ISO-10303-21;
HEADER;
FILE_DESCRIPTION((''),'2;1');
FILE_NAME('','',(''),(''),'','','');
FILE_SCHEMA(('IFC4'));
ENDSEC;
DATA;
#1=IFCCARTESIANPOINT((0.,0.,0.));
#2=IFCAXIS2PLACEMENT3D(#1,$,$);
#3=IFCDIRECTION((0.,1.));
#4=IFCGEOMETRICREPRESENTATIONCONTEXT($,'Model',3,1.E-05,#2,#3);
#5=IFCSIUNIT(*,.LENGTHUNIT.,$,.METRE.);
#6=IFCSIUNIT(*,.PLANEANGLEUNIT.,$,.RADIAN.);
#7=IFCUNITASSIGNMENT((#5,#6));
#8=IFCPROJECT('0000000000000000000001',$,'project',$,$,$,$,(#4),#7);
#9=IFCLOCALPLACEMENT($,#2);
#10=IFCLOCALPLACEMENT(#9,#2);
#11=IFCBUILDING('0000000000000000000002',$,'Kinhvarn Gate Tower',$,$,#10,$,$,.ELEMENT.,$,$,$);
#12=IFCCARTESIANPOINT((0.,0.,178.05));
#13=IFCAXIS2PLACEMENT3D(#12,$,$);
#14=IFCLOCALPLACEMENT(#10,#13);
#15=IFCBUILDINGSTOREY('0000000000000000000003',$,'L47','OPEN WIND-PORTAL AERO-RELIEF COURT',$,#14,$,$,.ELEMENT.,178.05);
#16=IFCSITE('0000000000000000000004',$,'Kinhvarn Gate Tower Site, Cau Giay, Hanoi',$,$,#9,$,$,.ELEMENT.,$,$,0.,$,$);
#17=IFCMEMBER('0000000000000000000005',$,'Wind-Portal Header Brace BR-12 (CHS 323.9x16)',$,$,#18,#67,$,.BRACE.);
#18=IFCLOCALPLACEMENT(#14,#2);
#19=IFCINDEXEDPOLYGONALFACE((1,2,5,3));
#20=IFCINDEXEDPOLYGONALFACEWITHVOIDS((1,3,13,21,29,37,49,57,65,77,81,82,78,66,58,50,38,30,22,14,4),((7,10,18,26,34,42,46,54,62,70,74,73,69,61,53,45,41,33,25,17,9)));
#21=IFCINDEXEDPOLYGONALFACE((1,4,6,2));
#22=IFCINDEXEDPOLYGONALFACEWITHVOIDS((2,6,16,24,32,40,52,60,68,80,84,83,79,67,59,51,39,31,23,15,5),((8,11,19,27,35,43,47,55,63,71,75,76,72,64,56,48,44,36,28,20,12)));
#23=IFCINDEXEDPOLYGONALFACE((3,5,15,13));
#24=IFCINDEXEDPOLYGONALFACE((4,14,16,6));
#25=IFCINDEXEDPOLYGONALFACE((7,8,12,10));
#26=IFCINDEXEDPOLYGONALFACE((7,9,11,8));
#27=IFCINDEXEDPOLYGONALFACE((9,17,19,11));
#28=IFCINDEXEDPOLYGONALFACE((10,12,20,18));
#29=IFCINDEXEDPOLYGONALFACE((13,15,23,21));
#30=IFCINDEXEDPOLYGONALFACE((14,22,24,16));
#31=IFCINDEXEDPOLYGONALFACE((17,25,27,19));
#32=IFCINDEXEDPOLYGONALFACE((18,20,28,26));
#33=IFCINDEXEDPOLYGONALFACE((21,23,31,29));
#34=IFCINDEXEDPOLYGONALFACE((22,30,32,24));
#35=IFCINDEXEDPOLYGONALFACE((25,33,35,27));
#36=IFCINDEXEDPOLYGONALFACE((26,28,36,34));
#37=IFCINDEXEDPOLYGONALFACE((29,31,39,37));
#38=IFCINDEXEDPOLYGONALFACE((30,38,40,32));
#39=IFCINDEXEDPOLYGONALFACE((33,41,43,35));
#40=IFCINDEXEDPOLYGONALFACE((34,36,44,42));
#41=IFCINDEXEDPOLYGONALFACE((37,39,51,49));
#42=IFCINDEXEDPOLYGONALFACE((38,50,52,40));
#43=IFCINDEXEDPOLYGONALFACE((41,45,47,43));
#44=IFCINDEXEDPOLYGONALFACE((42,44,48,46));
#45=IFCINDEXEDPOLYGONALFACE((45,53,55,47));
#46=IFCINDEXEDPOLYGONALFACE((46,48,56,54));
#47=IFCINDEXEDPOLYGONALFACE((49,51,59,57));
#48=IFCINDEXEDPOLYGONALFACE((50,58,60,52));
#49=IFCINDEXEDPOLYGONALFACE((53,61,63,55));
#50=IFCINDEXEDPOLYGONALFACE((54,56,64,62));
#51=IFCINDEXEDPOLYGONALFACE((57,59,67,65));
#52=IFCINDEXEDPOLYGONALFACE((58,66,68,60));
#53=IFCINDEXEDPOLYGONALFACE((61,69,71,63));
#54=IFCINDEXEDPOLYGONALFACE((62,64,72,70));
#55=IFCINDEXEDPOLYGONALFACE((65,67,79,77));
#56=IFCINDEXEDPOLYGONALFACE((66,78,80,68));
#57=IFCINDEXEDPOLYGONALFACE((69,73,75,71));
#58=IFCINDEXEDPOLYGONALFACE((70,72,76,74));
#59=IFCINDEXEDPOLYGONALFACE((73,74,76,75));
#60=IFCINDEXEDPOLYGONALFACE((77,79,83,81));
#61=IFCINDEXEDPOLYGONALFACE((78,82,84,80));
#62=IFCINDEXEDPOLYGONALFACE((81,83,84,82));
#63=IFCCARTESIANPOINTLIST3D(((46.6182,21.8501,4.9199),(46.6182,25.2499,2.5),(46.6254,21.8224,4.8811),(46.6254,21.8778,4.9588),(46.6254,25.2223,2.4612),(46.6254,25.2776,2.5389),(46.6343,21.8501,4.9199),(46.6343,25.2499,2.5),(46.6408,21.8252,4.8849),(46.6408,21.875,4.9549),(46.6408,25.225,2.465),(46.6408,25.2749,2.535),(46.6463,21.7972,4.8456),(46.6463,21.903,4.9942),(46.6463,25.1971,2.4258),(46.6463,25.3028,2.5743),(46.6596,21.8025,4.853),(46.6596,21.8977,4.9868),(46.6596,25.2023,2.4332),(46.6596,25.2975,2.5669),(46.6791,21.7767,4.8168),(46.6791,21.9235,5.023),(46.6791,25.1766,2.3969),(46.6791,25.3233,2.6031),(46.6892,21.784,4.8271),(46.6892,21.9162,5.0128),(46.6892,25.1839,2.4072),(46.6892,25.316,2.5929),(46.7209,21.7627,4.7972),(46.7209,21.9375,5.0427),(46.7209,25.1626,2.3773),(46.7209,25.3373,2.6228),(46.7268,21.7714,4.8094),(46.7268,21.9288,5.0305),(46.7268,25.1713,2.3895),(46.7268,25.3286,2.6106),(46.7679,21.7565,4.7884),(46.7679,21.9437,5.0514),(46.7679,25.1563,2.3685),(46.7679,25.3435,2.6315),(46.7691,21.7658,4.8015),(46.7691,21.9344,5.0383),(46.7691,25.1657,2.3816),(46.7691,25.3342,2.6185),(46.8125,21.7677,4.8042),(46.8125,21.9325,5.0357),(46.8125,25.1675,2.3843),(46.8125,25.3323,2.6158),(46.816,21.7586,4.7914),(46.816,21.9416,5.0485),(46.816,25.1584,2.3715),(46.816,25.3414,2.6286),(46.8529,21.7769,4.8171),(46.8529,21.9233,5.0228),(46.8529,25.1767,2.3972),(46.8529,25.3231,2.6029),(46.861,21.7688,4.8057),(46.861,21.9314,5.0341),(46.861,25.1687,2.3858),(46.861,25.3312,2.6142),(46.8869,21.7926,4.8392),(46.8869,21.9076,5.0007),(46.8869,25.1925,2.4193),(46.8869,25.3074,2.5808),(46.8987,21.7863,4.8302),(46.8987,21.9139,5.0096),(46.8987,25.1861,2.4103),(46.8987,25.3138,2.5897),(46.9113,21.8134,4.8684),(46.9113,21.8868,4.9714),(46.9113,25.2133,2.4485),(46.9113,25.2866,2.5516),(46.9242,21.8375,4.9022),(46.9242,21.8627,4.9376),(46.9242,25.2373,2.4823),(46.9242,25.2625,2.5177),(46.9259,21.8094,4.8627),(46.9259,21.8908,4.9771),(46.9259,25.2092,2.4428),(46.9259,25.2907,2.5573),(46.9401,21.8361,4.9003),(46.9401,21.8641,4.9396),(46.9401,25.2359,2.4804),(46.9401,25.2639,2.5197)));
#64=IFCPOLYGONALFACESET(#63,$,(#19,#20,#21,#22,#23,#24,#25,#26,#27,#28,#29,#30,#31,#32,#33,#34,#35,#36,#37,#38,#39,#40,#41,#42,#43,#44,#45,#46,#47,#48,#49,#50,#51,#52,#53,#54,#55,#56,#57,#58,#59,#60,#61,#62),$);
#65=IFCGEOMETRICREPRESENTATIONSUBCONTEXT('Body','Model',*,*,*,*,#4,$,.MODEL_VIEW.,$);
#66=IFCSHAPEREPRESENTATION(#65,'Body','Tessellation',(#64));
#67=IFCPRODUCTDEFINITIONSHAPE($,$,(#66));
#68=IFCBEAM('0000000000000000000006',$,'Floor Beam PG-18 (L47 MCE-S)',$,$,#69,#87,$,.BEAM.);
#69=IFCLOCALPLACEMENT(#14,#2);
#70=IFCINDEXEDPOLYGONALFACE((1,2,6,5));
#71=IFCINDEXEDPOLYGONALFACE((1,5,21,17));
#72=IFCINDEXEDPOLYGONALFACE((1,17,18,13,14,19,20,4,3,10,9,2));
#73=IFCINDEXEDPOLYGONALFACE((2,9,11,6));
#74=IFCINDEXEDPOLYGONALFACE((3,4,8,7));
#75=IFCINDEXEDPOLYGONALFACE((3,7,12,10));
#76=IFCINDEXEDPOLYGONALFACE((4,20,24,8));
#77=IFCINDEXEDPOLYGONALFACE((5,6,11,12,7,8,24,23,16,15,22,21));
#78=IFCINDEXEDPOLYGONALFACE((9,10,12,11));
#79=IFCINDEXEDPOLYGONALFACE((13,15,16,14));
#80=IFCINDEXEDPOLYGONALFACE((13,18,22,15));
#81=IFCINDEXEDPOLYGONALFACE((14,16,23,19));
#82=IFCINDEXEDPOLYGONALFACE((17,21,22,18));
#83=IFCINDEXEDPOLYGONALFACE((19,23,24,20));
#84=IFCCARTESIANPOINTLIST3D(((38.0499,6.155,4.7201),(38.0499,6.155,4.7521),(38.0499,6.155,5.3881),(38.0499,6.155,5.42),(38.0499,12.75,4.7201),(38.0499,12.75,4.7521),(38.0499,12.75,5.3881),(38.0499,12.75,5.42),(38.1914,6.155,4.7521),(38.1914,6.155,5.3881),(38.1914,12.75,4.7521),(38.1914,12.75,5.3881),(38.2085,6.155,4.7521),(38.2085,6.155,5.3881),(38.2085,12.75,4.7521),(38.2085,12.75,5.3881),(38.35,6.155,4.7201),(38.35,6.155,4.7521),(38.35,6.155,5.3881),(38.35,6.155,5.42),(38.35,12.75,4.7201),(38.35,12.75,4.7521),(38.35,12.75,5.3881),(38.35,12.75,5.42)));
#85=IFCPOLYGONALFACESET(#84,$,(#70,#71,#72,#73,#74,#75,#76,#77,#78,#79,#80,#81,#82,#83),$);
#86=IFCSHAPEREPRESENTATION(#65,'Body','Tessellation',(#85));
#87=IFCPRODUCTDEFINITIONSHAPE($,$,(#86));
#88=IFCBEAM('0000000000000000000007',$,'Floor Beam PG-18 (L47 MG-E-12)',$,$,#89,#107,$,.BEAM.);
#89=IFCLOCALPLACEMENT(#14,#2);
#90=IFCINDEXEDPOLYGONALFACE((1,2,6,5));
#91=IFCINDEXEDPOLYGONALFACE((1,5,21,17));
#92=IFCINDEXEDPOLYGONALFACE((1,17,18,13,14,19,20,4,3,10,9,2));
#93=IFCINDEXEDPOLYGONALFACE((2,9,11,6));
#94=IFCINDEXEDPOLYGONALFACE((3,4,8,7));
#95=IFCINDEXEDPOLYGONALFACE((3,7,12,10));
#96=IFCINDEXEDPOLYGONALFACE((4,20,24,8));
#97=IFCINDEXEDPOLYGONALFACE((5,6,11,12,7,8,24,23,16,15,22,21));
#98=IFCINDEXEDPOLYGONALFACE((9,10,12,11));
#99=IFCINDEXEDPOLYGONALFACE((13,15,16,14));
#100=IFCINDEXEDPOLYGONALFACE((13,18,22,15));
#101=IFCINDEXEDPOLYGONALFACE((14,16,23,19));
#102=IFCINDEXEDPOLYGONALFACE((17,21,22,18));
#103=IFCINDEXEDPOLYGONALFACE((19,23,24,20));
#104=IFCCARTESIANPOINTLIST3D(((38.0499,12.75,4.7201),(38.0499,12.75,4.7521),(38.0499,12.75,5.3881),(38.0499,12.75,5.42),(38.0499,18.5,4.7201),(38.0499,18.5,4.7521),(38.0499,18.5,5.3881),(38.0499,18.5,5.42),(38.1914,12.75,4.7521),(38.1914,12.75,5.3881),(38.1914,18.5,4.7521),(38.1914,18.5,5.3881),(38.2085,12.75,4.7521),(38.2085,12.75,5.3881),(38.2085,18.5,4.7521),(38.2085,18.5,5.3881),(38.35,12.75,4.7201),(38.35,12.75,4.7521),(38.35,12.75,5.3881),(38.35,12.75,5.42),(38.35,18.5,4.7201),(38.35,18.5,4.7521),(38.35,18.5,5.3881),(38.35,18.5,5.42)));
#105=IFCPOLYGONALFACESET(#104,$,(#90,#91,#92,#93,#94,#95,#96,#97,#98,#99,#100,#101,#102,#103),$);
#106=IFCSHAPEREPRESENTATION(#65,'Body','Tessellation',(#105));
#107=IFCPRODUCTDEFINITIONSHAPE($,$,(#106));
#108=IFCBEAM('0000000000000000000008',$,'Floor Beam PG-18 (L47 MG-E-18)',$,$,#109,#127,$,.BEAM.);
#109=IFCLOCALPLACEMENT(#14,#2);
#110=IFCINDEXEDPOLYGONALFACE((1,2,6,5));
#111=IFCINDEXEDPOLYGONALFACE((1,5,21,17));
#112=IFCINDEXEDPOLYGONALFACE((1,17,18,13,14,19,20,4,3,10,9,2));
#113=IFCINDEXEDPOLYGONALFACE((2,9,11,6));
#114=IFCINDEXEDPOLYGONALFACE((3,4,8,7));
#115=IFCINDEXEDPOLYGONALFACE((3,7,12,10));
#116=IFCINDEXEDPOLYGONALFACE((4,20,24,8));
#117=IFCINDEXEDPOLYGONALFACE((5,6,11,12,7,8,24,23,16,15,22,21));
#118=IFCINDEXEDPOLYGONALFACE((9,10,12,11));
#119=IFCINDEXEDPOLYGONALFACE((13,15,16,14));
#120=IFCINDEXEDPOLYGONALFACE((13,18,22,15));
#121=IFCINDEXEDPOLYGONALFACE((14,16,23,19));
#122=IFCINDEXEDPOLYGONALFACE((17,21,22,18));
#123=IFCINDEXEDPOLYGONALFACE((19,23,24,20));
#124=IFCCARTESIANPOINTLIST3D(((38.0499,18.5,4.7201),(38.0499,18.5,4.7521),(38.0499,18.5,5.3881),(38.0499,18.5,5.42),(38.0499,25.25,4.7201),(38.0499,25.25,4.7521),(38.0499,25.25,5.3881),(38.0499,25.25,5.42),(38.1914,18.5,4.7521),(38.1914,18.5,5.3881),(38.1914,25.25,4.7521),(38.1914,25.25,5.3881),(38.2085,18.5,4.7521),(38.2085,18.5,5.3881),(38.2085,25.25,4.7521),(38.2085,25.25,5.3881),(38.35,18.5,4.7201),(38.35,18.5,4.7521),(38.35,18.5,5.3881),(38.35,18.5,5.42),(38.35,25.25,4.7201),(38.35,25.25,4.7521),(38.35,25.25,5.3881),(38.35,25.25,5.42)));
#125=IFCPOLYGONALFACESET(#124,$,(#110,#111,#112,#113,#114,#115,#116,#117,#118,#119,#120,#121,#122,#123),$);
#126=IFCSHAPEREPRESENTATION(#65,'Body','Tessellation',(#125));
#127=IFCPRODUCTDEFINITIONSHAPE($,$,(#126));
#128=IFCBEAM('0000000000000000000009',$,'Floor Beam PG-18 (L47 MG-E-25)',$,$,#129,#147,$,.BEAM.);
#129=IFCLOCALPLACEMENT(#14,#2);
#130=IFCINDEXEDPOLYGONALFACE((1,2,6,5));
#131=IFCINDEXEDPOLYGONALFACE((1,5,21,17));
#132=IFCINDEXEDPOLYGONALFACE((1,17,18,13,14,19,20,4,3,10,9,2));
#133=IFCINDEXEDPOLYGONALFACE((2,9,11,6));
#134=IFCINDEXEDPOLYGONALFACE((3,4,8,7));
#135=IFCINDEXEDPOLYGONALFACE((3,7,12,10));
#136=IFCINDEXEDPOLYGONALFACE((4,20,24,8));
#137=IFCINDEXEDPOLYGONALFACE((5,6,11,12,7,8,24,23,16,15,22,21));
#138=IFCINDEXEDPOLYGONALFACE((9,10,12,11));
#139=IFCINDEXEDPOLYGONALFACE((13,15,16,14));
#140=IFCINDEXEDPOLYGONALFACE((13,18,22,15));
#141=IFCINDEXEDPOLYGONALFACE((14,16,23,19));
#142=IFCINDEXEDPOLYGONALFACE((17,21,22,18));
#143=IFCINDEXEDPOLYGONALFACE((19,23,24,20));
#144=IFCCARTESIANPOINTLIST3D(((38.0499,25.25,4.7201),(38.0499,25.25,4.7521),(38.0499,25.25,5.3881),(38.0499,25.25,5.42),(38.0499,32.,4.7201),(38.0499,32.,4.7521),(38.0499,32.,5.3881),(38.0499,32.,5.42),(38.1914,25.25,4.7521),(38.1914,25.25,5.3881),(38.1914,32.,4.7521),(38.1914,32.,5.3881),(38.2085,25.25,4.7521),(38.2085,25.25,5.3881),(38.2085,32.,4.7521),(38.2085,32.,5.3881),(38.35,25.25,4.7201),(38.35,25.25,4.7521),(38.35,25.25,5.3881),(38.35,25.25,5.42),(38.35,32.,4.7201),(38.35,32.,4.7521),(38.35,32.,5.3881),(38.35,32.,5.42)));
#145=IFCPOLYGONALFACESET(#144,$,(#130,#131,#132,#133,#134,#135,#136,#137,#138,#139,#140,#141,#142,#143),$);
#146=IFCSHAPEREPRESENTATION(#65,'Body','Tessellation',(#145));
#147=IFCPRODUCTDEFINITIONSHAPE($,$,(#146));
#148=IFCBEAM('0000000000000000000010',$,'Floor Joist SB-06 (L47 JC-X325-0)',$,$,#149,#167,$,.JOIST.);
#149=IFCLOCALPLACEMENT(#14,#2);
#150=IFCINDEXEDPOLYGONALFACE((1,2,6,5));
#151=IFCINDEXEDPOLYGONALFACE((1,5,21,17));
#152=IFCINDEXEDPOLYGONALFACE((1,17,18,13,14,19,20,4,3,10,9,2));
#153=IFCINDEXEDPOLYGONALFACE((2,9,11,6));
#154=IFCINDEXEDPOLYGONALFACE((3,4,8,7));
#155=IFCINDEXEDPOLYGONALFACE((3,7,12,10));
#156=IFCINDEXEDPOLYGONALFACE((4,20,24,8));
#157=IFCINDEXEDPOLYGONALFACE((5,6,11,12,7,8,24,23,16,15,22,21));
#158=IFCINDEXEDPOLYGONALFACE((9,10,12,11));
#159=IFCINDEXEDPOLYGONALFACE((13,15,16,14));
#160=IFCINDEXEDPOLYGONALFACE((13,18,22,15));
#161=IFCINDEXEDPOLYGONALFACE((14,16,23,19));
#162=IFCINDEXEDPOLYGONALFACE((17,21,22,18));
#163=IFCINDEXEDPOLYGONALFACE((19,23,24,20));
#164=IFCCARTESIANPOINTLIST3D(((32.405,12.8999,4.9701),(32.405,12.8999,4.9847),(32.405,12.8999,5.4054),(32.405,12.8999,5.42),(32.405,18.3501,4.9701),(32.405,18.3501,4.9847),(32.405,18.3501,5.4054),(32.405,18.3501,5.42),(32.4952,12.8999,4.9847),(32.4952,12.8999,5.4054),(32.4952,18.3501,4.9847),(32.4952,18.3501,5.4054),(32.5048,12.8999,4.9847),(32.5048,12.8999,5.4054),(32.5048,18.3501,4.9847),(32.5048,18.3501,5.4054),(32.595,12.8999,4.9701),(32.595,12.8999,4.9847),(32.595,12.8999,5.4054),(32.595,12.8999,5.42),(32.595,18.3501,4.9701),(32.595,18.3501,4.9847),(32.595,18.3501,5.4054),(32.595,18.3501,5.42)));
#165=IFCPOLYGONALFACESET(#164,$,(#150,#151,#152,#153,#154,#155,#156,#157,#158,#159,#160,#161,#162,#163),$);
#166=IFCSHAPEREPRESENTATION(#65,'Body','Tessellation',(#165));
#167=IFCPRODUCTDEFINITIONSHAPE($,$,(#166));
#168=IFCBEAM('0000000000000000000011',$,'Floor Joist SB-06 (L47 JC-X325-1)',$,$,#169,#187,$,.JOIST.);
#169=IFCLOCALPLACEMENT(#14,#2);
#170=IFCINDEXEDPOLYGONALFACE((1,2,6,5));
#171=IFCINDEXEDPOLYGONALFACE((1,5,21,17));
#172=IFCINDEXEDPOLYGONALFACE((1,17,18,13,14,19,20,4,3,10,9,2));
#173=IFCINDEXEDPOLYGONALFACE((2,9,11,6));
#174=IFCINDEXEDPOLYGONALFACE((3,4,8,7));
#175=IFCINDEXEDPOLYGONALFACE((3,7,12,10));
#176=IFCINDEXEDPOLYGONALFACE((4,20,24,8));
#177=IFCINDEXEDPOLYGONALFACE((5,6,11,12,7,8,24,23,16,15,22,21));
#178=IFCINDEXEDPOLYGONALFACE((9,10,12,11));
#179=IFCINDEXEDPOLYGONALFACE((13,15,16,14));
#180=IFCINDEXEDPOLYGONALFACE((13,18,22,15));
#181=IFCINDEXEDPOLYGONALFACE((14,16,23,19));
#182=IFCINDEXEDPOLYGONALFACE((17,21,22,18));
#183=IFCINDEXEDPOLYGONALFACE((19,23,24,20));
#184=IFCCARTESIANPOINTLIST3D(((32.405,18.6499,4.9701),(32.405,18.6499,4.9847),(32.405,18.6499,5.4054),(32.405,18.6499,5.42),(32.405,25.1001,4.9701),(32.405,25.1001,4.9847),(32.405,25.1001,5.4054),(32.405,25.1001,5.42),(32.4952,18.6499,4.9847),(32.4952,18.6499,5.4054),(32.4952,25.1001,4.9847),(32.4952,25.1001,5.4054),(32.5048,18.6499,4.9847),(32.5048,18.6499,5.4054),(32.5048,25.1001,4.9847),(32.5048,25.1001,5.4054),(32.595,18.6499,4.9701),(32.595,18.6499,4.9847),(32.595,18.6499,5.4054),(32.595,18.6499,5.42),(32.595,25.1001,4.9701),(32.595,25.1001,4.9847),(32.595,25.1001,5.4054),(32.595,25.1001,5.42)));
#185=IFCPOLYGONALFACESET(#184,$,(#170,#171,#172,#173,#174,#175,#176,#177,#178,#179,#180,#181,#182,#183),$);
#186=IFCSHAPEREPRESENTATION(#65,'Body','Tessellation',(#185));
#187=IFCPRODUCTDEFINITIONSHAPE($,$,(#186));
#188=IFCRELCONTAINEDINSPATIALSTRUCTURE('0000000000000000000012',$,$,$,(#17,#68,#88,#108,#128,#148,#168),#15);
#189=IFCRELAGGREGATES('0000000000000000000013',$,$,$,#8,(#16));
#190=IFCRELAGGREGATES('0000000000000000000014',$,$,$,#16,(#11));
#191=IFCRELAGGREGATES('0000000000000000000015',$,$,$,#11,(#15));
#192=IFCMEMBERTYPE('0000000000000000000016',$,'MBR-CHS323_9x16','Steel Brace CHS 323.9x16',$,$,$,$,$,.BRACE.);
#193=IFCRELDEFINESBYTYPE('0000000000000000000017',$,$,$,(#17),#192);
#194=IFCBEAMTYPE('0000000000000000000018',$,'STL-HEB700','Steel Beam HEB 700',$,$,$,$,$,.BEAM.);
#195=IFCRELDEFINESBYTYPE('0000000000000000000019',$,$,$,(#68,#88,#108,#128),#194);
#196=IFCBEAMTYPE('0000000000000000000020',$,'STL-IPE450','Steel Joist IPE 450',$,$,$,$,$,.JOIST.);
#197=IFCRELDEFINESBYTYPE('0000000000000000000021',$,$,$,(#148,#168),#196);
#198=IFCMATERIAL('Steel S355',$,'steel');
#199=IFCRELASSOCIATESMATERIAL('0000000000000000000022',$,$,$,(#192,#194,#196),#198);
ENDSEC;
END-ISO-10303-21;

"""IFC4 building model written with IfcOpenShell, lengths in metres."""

from ifc_helpers import new_model, si_unit, direction, frame, origin, origin_2d, place, context, subcontext, project, spatial, hollow_circle, i_section, extrude, material, material_profile, profile_set, type_object, element, save


model = new_model("IFC4")

# Units and contexts
model_context = context("Model", 3, precision=1e-05, world=origin(), true_north=direction((0.0, 1.0)))
body_context = subcontext(model_context, "Body", "Model", "MODEL_VIEW")
ifc_project = project(units=[si_unit("LENGTHUNIT", "METRE"), si_unit("PLANEANGLEUNIT", "RADIAN")], contexts=[model_context])

# Site, building, storey
site_placement = place(None, origin())
site = spatial("IfcSite", under=ifc_project, at=site_placement, Name="Kinhvarn Gate Tower Site, Cau Giay, Hanoi", CompositionType="ELEMENT", RefElevation=0.0)
building_placement = place(site_placement, origin())
building = spatial("IfcBuilding", under=site, at=building_placement, Name="Kinhvarn Gate Tower", CompositionType="ELEMENT")
storey_placement = place(building_placement, frame((0.0, 0.0, 178.05)))
storey = spatial("IfcBuildingStorey", under=building, at=storey_placement, Name="L47", Description="OPEN WIND-PORTAL AERO-RELIEF COURT", CompositionType="ELEMENT", Elevation=178.05)

# Shared definitions
ifc_material_1 = material(Name="Steel S355", Category="steel")

# Member
ifc_material_profile_1 = material_profile(ifc_material_1, hollow_circle(Radius=0.1619, WallThickness=0.0161, at=origin_2d()), Name="CHS 323.9x16")
ifc_profile_set_1 = profile_set([ifc_material_profile_1], Name="Steel S355")
member_type_1 = type_object("IfcMemberType", Name="MBR-CHS323_9x16", Description="Steel Brace CHS 323.9x16", PredefinedType="BRACE", material=ifc_profile_set_1)
member_1_placement = place(storey_placement, frame((46.78, 21.8501, 4.9199), z_axis=(0.0, 0.814705, -0.579876), x_axis=(-1.0, 0.0, 0.0)))
element("IfcMember", 1, at=member_1_placement, inside=storey, type_object=member_type_1, Name="Wind-Portal Header Brace BR-12 (CHS 323.9x16)", PredefinedType="BRACE", context=body_context, shape_type="SweptSolid", body=[
    extrude(hollow_circle(Radius=0.1619, WallThickness=0.0161, at=origin_2d()), origin(), (0.0, 0.0, 1.0), 4.1731),
])

# Beams
ifc_material_profile_2 = material_profile(ifc_material_1, i_section(OverallWidth=0.3, OverallDepth=0.7, WebThickness=0.0171, FlangeThickness=0.032, at=origin_2d()), Name="HEB 700")
ifc_profile_set_2 = profile_set([ifc_material_profile_2], Name="Steel S355")
beam_type_1 = type_object("IfcBeamType", Name="STL-HEB700", Description="Steel Beam HEB 700", PredefinedType="BEAM", material=ifc_profile_set_2)
beam_1_placement = place(storey_placement, frame((38.2, 6.155, 5.0701), z_axis=(0.0, 1.0, 0.0), x_axis=(-1.0, 0.0, 0.0)))
element("IfcBeam", 2, at=beam_1_placement, inside=storey, type_object=beam_type_1, Name="Floor Beam PG-18 (L47 MCE-S)", PredefinedType="BEAM", context=body_context, shape_type="SweptSolid", body=[
    extrude(i_section(OverallWidth=0.3, OverallDepth=0.7, WebThickness=0.0171, FlangeThickness=0.032, at=origin_2d()), origin(), (0.0, 0.0, 1.0), 6.595),
])
beam_2_placement = place(storey_placement, frame((38.2, 12.75, 5.0701), z_axis=(0.0, 1.0, 0.0), x_axis=(-1.0, 0.0, 0.0)))
element("IfcBeam", 3, at=beam_2_placement, inside=storey, type_object=beam_type_1, Name="Floor Beam PG-18 (L47 MG-E-12)", PredefinedType="BEAM", context=body_context, shape_type="SweptSolid", body=[
    extrude(i_section(OverallWidth=0.3, OverallDepth=0.7, WebThickness=0.0171, FlangeThickness=0.032, at=origin_2d()), origin(), (0.0, 0.0, 1.0), 5.75),
])
for number, where, z_axis, x_axis, name in (
    (4, (38.2, 18.5, 5.0701), (0.0, 1.0, 0.0), (-1.0, 0.0, 0.0), "Floor Beam PG-18 (L47 MG-E-18)"),
    (5, (38.2, 25.25, 5.0701), (0.0, 1.0, 0.0), (-1.0, 0.0, 0.0), "Floor Beam PG-18 (L47 MG-E-25)"),
):
    element("IfcBeam", number, at=place(storey_placement, frame(where, z_axis=z_axis, x_axis=x_axis)), inside=storey, type_object=beam_type_1, Name=name, PredefinedType="BEAM", context=body_context, shape_type="SweptSolid", body=[
        extrude(i_section(OverallWidth=0.3, OverallDepth=0.7, WebThickness=0.0171, FlangeThickness=0.032, at=origin_2d()), origin(), (0.0, 0.0, 1.0), 6.75),
    ])
ifc_material_profile_3 = material_profile(ifc_material_1, i_section(OverallWidth=0.1899, OverallDepth=0.45, WebThickness=0.0095, FlangeThickness=0.0146, at=origin_2d()), Name="IPE 450")
ifc_profile_set_3 = profile_set([ifc_material_profile_3], Name="Steel S355")
beam_type_2 = type_object("IfcBeamType", Name="STL-IPE450", Description="Steel Joist IPE 450", PredefinedType="JOIST", material=ifc_profile_set_3)
beam_3_placement = place(storey_placement, frame((32.5, 12.8999, 5.1951), z_axis=(0.0, 1.0, 0.0), x_axis=(-1.0, 0.0, 0.0)))
element("IfcBeam", 6, at=beam_3_placement, inside=storey, type_object=beam_type_2, Name="Floor Joist SB-06 (L47 JC-X325-0)", PredefinedType="JOIST", context=body_context, shape_type="SweptSolid", body=[
    extrude(i_section(OverallWidth=0.1899, OverallDepth=0.45, WebThickness=0.0095, FlangeThickness=0.0146, at=origin_2d()), origin(), (0.0, 0.0, 1.0), 5.4502),
])
beam_4_placement = place(storey_placement, frame((32.5, 18.6499, 5.1951), z_axis=(0.0, 1.0, 0.0), x_axis=(-1.0, 0.0, 0.0)))
element("IfcBeam", 7, at=beam_4_placement, inside=storey, type_object=beam_type_2, Name="Floor Joist SB-06 (L47 JC-X325-1)", PredefinedType="JOIST", context=body_context, shape_type="SweptSolid", body=[
    extrude(i_section(OverallWidth=0.1899, OverallDepth=0.45, WebThickness=0.0095, FlangeThickness=0.0146, at=origin_2d()), origin(), (0.0, 0.0, 1.0), 6.4502),
])

save(model, "model.ifc")
